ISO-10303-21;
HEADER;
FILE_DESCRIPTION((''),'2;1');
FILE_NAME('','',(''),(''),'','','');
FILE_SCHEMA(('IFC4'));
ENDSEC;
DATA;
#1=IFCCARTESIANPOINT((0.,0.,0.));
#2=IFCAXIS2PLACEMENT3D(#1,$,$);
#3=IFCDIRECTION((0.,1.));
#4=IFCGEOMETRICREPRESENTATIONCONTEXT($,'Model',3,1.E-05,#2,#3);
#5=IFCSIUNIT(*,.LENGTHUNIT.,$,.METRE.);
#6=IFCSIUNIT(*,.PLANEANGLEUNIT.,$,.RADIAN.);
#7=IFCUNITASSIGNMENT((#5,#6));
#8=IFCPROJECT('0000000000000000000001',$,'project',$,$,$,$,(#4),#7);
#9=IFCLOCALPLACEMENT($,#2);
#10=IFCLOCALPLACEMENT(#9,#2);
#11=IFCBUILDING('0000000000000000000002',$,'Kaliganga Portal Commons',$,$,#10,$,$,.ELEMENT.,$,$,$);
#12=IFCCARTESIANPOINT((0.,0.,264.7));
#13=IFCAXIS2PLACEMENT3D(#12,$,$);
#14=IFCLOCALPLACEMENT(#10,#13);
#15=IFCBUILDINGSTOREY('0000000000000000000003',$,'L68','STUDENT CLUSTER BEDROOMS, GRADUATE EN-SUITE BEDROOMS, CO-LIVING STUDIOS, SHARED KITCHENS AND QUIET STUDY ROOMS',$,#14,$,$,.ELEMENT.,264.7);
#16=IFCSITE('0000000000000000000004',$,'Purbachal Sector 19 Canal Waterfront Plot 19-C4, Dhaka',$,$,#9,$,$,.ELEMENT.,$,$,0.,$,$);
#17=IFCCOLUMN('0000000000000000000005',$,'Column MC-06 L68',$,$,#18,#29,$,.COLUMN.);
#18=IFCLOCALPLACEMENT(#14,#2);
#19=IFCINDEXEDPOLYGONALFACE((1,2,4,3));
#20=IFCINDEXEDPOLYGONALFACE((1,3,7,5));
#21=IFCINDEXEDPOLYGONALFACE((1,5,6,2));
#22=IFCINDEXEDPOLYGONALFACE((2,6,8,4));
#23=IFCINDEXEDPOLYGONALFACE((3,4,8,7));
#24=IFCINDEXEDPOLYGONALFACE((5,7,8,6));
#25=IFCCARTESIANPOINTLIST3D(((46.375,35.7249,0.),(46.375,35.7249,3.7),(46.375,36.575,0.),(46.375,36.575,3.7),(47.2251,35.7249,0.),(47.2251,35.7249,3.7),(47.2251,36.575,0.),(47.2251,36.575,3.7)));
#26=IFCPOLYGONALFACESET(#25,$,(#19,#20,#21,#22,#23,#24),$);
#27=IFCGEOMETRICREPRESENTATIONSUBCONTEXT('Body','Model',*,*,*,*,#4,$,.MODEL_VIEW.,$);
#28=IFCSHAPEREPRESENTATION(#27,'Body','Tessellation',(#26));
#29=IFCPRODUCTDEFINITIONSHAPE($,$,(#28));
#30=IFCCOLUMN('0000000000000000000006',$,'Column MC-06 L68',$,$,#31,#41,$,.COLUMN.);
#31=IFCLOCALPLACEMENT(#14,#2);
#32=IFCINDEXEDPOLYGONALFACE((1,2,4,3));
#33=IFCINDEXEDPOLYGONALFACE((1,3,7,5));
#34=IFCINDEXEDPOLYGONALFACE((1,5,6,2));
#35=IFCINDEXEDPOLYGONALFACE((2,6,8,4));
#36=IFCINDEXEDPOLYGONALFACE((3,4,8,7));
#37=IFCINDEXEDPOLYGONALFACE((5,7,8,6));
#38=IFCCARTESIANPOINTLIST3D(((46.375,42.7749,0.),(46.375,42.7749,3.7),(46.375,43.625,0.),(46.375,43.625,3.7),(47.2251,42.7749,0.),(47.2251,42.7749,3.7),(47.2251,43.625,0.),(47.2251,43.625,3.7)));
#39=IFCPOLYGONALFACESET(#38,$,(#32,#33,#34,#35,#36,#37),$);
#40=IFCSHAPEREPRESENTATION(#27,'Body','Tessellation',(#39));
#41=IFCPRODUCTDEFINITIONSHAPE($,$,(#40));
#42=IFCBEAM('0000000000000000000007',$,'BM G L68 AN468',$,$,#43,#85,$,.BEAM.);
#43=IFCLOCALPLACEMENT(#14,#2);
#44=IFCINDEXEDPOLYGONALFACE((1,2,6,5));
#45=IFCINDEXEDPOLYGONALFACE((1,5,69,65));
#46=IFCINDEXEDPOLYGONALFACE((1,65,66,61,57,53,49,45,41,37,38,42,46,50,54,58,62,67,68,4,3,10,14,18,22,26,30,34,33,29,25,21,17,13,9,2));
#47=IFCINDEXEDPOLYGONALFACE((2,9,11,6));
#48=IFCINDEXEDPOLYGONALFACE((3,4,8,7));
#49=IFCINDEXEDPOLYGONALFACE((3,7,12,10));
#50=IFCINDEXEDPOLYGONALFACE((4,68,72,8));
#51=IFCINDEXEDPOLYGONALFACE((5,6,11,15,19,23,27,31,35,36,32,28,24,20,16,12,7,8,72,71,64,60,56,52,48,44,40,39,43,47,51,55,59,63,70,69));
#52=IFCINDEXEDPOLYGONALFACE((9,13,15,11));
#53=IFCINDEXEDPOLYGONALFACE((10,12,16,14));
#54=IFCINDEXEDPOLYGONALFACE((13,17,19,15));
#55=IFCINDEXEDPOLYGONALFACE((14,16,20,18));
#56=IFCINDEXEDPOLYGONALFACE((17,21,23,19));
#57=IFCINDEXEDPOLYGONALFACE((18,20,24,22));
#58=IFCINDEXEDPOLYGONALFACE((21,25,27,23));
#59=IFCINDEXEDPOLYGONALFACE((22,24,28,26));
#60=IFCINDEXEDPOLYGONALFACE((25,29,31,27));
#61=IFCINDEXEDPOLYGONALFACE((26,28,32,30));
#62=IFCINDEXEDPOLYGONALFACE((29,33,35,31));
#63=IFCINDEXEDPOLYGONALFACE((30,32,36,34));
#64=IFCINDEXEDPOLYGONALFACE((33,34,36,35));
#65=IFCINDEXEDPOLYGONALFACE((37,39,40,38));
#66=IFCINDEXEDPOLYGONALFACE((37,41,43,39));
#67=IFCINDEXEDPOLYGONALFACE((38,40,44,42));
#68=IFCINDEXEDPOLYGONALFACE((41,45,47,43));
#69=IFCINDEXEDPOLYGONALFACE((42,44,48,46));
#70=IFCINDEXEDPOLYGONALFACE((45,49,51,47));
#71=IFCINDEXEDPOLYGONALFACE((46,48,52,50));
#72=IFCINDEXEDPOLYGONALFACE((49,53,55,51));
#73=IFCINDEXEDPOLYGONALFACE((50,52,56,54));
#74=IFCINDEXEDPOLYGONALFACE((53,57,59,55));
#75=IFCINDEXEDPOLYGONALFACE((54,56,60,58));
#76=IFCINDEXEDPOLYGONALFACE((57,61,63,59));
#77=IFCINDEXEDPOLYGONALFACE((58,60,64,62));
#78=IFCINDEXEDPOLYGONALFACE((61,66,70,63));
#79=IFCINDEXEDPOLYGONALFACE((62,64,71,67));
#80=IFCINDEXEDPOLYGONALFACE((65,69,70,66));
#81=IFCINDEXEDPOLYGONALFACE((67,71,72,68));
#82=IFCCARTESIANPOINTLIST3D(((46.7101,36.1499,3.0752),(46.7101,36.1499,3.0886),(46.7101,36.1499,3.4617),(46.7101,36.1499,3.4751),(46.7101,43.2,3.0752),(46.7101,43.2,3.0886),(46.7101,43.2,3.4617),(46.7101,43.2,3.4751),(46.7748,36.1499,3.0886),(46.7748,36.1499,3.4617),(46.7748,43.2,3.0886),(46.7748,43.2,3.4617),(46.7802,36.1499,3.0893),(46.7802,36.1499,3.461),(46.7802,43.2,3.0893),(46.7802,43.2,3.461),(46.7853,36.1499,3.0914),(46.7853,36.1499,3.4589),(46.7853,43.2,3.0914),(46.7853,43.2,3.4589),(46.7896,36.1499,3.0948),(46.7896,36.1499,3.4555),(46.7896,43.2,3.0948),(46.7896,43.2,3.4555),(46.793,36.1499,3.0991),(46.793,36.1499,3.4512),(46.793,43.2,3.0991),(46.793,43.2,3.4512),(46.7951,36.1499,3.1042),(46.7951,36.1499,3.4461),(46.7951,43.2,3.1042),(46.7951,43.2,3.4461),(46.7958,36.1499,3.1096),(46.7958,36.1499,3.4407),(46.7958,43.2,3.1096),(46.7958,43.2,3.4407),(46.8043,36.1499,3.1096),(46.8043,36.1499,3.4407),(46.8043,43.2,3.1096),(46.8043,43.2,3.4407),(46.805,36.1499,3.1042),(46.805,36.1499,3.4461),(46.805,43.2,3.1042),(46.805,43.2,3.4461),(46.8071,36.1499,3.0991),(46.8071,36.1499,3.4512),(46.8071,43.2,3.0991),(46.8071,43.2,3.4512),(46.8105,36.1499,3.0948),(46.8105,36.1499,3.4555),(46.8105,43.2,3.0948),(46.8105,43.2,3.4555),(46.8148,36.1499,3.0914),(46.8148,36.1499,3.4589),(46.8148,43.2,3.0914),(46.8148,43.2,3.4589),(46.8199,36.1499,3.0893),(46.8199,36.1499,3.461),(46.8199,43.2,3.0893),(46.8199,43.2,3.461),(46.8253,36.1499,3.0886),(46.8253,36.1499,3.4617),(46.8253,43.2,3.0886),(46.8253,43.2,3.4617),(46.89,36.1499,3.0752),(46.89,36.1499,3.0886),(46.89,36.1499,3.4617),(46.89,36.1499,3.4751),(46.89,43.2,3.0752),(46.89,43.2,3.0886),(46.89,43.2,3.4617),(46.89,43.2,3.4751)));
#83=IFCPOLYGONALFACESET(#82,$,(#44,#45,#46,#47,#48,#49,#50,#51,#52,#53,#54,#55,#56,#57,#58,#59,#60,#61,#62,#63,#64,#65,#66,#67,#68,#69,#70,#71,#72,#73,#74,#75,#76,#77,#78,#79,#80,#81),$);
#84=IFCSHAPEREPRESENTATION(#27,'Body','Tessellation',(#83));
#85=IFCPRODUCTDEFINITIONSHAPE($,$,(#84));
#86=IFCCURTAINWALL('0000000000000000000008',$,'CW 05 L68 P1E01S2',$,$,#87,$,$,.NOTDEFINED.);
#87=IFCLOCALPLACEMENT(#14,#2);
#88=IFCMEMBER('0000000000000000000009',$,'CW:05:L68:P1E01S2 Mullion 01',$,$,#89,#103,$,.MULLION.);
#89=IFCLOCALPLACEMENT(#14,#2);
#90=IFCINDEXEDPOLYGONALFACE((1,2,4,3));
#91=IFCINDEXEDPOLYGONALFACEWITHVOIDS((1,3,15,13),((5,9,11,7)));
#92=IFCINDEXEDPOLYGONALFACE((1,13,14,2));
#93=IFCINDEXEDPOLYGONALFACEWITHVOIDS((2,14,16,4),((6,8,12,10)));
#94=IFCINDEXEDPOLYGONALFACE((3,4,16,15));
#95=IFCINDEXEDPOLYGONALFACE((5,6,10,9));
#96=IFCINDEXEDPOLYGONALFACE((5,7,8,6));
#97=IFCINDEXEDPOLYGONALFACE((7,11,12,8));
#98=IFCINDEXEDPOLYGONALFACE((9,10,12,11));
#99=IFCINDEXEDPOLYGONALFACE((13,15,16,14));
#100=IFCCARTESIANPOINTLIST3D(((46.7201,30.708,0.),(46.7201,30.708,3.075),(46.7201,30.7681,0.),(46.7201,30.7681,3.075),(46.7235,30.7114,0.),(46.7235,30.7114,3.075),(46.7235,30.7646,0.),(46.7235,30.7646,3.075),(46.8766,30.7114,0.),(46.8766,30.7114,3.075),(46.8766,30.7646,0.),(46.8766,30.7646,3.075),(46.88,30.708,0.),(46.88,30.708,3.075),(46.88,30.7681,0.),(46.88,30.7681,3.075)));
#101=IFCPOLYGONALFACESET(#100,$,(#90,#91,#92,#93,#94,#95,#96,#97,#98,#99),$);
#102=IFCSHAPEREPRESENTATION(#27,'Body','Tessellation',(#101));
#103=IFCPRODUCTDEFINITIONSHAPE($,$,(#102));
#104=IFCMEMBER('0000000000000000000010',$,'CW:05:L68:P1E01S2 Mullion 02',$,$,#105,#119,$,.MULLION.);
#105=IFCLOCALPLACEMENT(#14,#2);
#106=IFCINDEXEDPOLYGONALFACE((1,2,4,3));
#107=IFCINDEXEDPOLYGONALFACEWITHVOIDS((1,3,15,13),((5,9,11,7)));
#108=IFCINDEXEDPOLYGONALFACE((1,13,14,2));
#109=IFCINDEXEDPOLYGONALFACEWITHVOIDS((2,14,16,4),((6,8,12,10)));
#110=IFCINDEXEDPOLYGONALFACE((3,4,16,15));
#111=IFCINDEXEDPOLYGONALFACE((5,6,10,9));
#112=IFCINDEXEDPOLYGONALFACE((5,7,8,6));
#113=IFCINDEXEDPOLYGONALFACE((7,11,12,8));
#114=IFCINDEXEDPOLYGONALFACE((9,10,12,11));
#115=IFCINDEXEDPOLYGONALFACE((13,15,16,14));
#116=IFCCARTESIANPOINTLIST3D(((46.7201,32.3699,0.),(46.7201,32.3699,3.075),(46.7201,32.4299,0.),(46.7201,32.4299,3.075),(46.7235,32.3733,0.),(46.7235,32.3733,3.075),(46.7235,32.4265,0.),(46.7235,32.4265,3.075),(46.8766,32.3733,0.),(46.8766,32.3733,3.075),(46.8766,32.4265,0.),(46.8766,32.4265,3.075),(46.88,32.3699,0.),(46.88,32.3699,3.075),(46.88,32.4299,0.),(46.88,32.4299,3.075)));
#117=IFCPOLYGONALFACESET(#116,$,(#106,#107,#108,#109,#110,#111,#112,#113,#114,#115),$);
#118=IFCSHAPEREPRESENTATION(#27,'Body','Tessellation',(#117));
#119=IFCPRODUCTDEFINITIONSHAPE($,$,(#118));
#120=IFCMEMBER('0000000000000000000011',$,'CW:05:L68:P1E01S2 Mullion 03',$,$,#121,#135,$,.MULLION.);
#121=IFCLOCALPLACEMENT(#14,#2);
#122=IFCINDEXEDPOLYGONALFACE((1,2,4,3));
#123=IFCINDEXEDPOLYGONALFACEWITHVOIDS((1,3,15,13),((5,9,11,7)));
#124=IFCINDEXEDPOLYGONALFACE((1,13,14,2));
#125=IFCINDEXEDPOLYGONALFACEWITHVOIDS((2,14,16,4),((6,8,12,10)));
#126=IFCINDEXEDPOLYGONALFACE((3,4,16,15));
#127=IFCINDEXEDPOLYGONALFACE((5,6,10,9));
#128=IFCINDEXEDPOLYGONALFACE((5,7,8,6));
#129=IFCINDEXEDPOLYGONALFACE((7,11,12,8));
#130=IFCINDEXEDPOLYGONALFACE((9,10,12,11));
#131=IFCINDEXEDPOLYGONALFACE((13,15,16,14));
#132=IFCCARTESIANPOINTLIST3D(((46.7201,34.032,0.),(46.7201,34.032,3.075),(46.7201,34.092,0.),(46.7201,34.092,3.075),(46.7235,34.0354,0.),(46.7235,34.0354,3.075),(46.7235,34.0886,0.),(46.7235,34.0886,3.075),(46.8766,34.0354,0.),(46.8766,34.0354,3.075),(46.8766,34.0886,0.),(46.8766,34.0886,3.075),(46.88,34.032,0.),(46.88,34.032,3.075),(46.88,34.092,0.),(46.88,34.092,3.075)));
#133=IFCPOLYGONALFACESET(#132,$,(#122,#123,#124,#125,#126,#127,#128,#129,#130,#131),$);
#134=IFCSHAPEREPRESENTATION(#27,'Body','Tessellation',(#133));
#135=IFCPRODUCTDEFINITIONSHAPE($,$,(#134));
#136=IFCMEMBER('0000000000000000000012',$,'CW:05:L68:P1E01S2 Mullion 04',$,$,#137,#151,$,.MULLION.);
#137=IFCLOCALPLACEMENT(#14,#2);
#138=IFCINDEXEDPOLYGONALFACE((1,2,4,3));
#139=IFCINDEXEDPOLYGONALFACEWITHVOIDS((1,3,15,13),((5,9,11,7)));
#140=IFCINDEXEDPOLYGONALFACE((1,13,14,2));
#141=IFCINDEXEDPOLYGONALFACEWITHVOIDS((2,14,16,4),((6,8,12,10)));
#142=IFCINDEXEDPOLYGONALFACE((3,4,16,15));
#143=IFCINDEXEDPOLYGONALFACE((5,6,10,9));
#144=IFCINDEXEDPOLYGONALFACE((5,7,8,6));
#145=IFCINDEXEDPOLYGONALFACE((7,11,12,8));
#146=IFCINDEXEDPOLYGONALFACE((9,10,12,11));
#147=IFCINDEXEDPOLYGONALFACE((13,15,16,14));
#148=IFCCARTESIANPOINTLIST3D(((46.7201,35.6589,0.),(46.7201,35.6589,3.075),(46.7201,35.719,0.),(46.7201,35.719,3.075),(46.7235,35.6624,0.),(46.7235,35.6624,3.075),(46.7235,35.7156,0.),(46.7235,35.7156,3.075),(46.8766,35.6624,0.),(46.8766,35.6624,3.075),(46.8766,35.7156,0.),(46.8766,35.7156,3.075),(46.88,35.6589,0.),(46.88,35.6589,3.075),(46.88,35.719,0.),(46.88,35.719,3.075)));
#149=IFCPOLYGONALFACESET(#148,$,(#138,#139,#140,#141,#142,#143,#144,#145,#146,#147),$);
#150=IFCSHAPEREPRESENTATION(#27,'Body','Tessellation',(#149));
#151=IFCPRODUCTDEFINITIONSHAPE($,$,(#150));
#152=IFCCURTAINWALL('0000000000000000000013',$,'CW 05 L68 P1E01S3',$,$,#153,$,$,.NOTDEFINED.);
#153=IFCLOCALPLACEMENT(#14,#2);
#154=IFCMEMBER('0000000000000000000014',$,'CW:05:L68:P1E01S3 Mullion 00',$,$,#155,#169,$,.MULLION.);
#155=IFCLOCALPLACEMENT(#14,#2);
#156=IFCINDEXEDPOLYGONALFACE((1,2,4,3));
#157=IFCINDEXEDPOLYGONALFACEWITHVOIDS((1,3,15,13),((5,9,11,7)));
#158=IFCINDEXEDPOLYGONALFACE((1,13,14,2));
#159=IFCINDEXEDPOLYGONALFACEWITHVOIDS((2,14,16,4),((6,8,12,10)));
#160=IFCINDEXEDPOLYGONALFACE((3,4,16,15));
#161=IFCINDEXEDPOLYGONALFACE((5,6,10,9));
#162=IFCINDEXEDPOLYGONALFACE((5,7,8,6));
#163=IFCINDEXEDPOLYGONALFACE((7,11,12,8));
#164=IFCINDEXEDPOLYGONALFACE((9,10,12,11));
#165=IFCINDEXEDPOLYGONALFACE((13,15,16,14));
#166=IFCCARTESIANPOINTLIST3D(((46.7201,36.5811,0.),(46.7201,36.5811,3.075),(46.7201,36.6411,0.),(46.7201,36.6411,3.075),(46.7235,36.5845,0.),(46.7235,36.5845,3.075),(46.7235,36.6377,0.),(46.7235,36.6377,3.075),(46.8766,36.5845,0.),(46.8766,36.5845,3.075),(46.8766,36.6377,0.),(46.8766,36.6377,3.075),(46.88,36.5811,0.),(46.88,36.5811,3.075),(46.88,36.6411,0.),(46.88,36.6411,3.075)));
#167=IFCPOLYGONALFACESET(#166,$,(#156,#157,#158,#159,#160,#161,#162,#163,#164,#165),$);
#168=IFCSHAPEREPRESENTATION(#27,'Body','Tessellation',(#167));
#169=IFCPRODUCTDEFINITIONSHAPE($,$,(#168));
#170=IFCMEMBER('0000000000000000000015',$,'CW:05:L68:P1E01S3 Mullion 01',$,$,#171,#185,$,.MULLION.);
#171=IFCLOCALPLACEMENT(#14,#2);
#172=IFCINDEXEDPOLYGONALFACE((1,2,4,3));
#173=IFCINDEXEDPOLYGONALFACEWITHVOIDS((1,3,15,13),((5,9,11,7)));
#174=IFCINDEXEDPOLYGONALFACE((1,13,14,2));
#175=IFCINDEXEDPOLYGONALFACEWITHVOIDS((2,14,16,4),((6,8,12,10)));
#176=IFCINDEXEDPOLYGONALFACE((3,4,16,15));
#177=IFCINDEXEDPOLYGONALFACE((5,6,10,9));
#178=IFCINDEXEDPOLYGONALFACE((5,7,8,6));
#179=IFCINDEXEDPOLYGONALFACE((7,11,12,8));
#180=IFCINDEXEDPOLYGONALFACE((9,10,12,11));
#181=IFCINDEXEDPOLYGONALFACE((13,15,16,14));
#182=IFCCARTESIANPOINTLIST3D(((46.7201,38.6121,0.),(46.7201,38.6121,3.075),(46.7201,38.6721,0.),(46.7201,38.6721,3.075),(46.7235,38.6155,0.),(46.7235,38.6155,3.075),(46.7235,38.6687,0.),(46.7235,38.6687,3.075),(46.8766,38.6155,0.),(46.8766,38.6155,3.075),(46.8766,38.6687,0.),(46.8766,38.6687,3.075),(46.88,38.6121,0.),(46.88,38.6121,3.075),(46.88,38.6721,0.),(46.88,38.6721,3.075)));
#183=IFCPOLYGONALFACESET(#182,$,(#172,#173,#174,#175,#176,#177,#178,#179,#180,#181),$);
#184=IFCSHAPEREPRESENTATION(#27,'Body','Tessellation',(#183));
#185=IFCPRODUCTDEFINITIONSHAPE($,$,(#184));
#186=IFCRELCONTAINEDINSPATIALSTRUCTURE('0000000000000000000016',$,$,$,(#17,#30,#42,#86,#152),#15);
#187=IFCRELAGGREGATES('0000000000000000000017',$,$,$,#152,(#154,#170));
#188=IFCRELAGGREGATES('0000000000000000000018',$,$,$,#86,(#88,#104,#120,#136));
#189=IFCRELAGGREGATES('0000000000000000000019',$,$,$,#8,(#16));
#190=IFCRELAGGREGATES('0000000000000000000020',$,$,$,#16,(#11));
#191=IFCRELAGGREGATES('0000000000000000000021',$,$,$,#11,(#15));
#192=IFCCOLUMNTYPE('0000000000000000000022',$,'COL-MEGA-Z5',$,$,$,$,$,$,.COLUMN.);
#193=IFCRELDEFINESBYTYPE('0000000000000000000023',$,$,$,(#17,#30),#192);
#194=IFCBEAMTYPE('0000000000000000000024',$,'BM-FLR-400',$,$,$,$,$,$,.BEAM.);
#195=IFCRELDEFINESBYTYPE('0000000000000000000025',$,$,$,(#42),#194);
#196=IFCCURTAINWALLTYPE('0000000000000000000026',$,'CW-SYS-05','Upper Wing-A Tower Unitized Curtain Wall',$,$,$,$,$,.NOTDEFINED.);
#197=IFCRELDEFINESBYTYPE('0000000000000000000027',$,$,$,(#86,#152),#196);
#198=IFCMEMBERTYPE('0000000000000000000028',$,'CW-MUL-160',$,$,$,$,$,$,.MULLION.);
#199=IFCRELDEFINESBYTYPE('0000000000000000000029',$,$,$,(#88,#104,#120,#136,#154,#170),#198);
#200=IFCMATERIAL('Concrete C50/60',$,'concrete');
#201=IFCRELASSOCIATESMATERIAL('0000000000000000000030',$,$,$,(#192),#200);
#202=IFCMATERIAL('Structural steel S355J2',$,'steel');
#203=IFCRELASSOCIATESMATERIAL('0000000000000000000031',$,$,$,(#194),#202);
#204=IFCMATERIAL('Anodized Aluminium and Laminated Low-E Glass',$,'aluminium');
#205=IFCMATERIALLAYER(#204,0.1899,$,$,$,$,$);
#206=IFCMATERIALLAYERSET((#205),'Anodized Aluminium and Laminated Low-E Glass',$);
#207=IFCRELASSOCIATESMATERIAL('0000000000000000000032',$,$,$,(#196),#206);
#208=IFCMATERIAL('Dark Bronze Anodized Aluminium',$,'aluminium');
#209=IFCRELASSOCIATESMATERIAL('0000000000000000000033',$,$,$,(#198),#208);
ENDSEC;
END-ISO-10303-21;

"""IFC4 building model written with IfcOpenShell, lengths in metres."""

from ifc_helpers import new_model, si_unit, direction, frame, origin, origin_2d, place, context, subcontext, project, spatial, rectangle, hollow_rectangle, i_section, extrude, source, transform, mapped, material, layer, layer_set, material_profile, profile_set, type_object, element, aggregate, save


model = new_model("IFC4")

# Units and contexts
model_context = context("Model", 3, precision=1e-05, world=origin(), true_north=direction((0.0, 1.0)))
body_context = subcontext(model_context, "Body", "Model", "MODEL_VIEW")
ifc_project = project(units=[si_unit("LENGTHUNIT", "METRE"), si_unit("PLANEANGLEUNIT", "RADIAN")], contexts=[model_context])

# Site, building, storey
site_placement = place(None, origin())
site = spatial("IfcSite", under=ifc_project, at=site_placement, Name="Purbachal Sector 19 Canal Waterfront Plot 19-C4, Dhaka", CompositionType="ELEMENT", RefElevation=0.0)
building_placement = place(site_placement, origin())
building = spatial("IfcBuilding", under=site, at=building_placement, Name="Kaliganga Portal Commons", CompositionType="ELEMENT")
storey_placement = place(building_placement, frame((0.0, 0.0, 264.7)))
storey = spatial("IfcBuildingStorey", under=building, at=storey_placement, Name="L68", Description="STUDENT CLUSTER BEDROOMS, GRADUATE EN-SUITE BEDROOMS, CO-LIVING STUDIOS, SHARED KITCHENS AND QUIET STUDY ROOMS", CompositionType="ELEMENT", Elevation=264.7)

# Columns
ifc_material_1 = material(Name="Concrete C50/60", Category="concrete")
ifc_material_profile_1 = material_profile(ifc_material_1, rectangle(XDim=0.8501, YDim=0.8501, at=origin_2d()), Name="RC 850x850")
ifc_profile_set_1 = profile_set([ifc_material_profile_1], Name="Concrete C50/60")
column_type = type_object("IfcColumnType", Name="COL-MEGA-Z5", PredefinedType="COLUMN", material=ifc_profile_set_1)
shared_shape_1 = source(origin(), body_context, "Body", "SweptSolid", [
    extrude(rectangle(XDim=0.8501, YDim=0.8501, at=origin_2d()), origin(), (0.0, 0.0, 1.0), 3.7),
])
for number, where, z_axis, x_axis, name in (
    (1, (46.8, 36.1499, 0.0), (0.0, 0.0, 1.0), (1.0, 0.0, 0.0), "Column MC-06 L68"),
    (2, (46.8, 43.2, 0.0), (0.0, 0.0, 1.0), (1.0, 0.0, 0.0), "Column MC-06 L68"),
):
    element("IfcColumn", number, at=place(storey_placement, frame(where, z_axis=z_axis, x_axis=x_axis)), inside=storey, type_object=column_type, Name=name, PredefinedType="COLUMN", context=body_context, shape_type="MappedRepresentation", body=[
        mapped(shared_shape_1, transform((0.0, 0.0, 0.0), x_axis=(1.0, 0.0, 0.0), y_axis=(0.0, 1.0, 0.0), z_axis=(0.0, 0.0, 1.0), scale=1.0)),
    ])

# Beam
ifc_material_2 = material(Name="Structural steel S355J2", Category="steel")
ifc_material_profile_2 = material_profile(ifc_material_2, i_section(OverallWidth=0.1799, OverallDepth=0.3999, WebThickness=0.0085, FlangeThickness=0.0134, FilletRadius=0.021, at=origin_2d()), Name="IPE 400")
ifc_profile_set_2 = profile_set([ifc_material_profile_2], Name="Structural steel S355J2 wide-flange")
beam_type = type_object("IfcBeamType", Name="BM-FLR-400", PredefinedType="BEAM", material=ifc_profile_set_2)
shared_shape_2 = source(origin(), body_context, "Body", "SweptSolid", [
    extrude(i_section(OverallWidth=0.1799, OverallDepth=0.3999, WebThickness=0.0085, FlangeThickness=0.0134, FilletRadius=0.021, at=origin_2d()), origin(), (0.0, 0.0, 1.0), 7.05),
])
beam_placement = place(storey_placement, frame((46.8, 36.1499, 3.2751), z_axis=(0.0, 1.0, 0.0), x_axis=(-1.0, 0.0, 0.0)))
element("IfcBeam", 3, at=beam_placement, inside=storey, type_object=beam_type, Name="BM G L68 AN468", PredefinedType="BEAM", context=body_context, shape_type="MappedRepresentation", body=[
    mapped(shared_shape_2, transform((0.0, 0.0, 0.0), x_axis=(1.0, 0.0, 0.0), y_axis=(0.0, 1.0, 0.0), z_axis=(0.0, 0.0, 1.0), scale=1.0)),
])

# Curtain wall, members
ifc_material_3 = material(Name="Anodized Aluminium and Laminated Low-E Glass", Category="aluminium")
ifc_layer_1 = layer(ifc_material_3, 0.1899)
ifc_layer_set_1 = layer_set([ifc_layer_1], Name="Anodized Aluminium and Laminated Low-E Glass")
curtain_wall_type = type_object("IfcCurtainWallType", Name="CW-SYS-05", Description="Upper Wing-A Tower Unitized Curtain Wall", PredefinedType="NOTDEFINED", material=ifc_layer_set_1)
curtain_wall_1_placement = place(storey_placement, origin())
curtain_wall_1 = element("IfcCurtainWall", 4, at=curtain_wall_1_placement, inside=storey, type_object=curtain_wall_type, Name="CW 05 L68 P1E01S2", PredefinedType="NOTDEFINED")
ifc_material_4 = material(Name="Dark Bronze Anodized Aluminium", Category="aluminium")
ifc_material_profile_3 = material_profile(ifc_material_4, hollow_rectangle(XDim=0.0601, YDim=0.1599, WallThickness=0.0034, at=origin_2d()), Name="ALU MULL 60x160x3.5")
ifc_profile_set_3 = profile_set([ifc_material_profile_3], Name="Dark Bronze Anodized Aluminium")
member_type_1 = type_object("IfcMemberType", Name="CW-MUL-160", PredefinedType="MULLION", material=ifc_profile_set_3)
shared_shape_3 = source(origin(), body_context, "Body", "SweptSolid", [
    extrude(hollow_rectangle(XDim=0.0601, YDim=0.1599, WallThickness=0.0034, at=origin_2d()), origin(), (0.0, 0.0, 1.0), 3.075),
])
member_1_placement = place(storey_placement, frame((46.8, 30.738, 0.0), z_axis=(0.0, 0.0, 1.0), x_axis=(0.0, 1.0, 0.0)))
member_1 = element("IfcMember", 5, at=member_1_placement, type_object=member_type_1, Name="CW:05:L68:P1E01S2 Mullion 01", PredefinedType="MULLION", context=body_context, shape_type="MappedRepresentation", body=[
    mapped(shared_shape_3, transform((0.0, 0.0, 0.0), x_axis=(1.0, 0.0, 0.0), y_axis=(0.0, 1.0, 0.0), z_axis=(0.0, 0.0, 1.0), scale=1.0)),
])
member_2_placement = place(storey_placement, frame((46.8, 32.3999, 0.0), z_axis=(0.0, 0.0, 1.0), x_axis=(0.0, 1.0, 0.0)))
member_2 = element("IfcMember", 6, at=member_2_placement, type_object=member_type_1, Name="CW:05:L68:P1E01S2 Mullion 02", PredefinedType="MULLION", context=body_context, shape_type="MappedRepresentation", body=[
    mapped(shared_shape_3, transform((0.0, 0.0, 0.0), x_axis=(1.0, 0.0, 0.0), y_axis=(0.0, 1.0, 0.0), z_axis=(0.0, 0.0, 1.0), scale=1.0)),
])
member_3_placement = place(storey_placement, frame((46.8, 34.062, 0.0), z_axis=(0.0, 0.0, 1.0), x_axis=(0.0, 1.0, 0.0)))
member_3 = element("IfcMember", 7, at=member_3_placement, type_object=member_type_1, Name="CW:05:L68:P1E01S2 Mullion 03", PredefinedType="MULLION", context=body_context, shape_type="MappedRepresentation", body=[
    mapped(shared_shape_3, transform((0.0, 0.0, 0.0), x_axis=(1.0, 0.0, 0.0), y_axis=(0.0, 1.0, 0.0), z_axis=(0.0, 0.0, 1.0), scale=1.0)),
])
member_4_placement = place(storey_placement, frame((46.8, 35.689, 0.0), z_axis=(0.0, 0.0, 1.0), x_axis=(0.0, 1.0, 0.0)))
member_4 = element("IfcMember", 8, at=member_4_placement, type_object=member_type_1, Name="CW:05:L68:P1E01S2 Mullion 04", PredefinedType="MULLION", context=body_context, shape_type="MappedRepresentation", body=[
    mapped(shared_shape_3, transform((0.0, 0.0, 0.0), x_axis=(1.0, 0.0, 0.0), y_axis=(0.0, 1.0, 0.0), z_axis=(0.0, 0.0, 1.0), scale=1.0)),
])

# Curtain wall, members
curtain_wall_2_placement = place(storey_placement, origin())
curtain_wall_2 = element("IfcCurtainWall", 9, at=curtain_wall_2_placement, inside=storey, type_object=curtain_wall_type, Name="CW 05 L68 P1E01S3", PredefinedType="NOTDEFINED")
member_5_placement = place(storey_placement, frame((46.8, 36.6111, 0.0), z_axis=(0.0, 0.0, 1.0), x_axis=(0.0, 1.0, 0.0)))
member_5 = element("IfcMember", 10, at=member_5_placement, type_object=member_type_1, Name="CW:05:L68:P1E01S3 Mullion 00", PredefinedType="MULLION", context=body_context, shape_type="MappedRepresentation", body=[
    mapped(shared_shape_3, transform((0.0, 0.0, 0.0), x_axis=(1.0, 0.0, 0.0), y_axis=(0.0, 1.0, 0.0), z_axis=(0.0, 0.0, 1.0), scale=1.0)),
])
member_6_placement = place(storey_placement, frame((46.8, 38.6421, 0.0), z_axis=(0.0, 0.0, 1.0), x_axis=(0.0, 1.0, 0.0)))
member_6 = element("IfcMember", 11, at=member_6_placement, type_object=member_type_1, Name="CW:05:L68:P1E01S3 Mullion 01", PredefinedType="MULLION", context=body_context, shape_type="MappedRepresentation", body=[
    mapped(shared_shape_3, transform((0.0, 0.0, 0.0), x_axis=(1.0, 0.0, 0.0), y_axis=(0.0, 1.0, 0.0), z_axis=(0.0, 0.0, 1.0), scale=1.0)),
])
aggregate(curtain_wall_2, [member_5, member_6])

aggregate(curtain_wall_1, [member_1, member_2, member_3, member_4])

save(model, "model.ifc")
